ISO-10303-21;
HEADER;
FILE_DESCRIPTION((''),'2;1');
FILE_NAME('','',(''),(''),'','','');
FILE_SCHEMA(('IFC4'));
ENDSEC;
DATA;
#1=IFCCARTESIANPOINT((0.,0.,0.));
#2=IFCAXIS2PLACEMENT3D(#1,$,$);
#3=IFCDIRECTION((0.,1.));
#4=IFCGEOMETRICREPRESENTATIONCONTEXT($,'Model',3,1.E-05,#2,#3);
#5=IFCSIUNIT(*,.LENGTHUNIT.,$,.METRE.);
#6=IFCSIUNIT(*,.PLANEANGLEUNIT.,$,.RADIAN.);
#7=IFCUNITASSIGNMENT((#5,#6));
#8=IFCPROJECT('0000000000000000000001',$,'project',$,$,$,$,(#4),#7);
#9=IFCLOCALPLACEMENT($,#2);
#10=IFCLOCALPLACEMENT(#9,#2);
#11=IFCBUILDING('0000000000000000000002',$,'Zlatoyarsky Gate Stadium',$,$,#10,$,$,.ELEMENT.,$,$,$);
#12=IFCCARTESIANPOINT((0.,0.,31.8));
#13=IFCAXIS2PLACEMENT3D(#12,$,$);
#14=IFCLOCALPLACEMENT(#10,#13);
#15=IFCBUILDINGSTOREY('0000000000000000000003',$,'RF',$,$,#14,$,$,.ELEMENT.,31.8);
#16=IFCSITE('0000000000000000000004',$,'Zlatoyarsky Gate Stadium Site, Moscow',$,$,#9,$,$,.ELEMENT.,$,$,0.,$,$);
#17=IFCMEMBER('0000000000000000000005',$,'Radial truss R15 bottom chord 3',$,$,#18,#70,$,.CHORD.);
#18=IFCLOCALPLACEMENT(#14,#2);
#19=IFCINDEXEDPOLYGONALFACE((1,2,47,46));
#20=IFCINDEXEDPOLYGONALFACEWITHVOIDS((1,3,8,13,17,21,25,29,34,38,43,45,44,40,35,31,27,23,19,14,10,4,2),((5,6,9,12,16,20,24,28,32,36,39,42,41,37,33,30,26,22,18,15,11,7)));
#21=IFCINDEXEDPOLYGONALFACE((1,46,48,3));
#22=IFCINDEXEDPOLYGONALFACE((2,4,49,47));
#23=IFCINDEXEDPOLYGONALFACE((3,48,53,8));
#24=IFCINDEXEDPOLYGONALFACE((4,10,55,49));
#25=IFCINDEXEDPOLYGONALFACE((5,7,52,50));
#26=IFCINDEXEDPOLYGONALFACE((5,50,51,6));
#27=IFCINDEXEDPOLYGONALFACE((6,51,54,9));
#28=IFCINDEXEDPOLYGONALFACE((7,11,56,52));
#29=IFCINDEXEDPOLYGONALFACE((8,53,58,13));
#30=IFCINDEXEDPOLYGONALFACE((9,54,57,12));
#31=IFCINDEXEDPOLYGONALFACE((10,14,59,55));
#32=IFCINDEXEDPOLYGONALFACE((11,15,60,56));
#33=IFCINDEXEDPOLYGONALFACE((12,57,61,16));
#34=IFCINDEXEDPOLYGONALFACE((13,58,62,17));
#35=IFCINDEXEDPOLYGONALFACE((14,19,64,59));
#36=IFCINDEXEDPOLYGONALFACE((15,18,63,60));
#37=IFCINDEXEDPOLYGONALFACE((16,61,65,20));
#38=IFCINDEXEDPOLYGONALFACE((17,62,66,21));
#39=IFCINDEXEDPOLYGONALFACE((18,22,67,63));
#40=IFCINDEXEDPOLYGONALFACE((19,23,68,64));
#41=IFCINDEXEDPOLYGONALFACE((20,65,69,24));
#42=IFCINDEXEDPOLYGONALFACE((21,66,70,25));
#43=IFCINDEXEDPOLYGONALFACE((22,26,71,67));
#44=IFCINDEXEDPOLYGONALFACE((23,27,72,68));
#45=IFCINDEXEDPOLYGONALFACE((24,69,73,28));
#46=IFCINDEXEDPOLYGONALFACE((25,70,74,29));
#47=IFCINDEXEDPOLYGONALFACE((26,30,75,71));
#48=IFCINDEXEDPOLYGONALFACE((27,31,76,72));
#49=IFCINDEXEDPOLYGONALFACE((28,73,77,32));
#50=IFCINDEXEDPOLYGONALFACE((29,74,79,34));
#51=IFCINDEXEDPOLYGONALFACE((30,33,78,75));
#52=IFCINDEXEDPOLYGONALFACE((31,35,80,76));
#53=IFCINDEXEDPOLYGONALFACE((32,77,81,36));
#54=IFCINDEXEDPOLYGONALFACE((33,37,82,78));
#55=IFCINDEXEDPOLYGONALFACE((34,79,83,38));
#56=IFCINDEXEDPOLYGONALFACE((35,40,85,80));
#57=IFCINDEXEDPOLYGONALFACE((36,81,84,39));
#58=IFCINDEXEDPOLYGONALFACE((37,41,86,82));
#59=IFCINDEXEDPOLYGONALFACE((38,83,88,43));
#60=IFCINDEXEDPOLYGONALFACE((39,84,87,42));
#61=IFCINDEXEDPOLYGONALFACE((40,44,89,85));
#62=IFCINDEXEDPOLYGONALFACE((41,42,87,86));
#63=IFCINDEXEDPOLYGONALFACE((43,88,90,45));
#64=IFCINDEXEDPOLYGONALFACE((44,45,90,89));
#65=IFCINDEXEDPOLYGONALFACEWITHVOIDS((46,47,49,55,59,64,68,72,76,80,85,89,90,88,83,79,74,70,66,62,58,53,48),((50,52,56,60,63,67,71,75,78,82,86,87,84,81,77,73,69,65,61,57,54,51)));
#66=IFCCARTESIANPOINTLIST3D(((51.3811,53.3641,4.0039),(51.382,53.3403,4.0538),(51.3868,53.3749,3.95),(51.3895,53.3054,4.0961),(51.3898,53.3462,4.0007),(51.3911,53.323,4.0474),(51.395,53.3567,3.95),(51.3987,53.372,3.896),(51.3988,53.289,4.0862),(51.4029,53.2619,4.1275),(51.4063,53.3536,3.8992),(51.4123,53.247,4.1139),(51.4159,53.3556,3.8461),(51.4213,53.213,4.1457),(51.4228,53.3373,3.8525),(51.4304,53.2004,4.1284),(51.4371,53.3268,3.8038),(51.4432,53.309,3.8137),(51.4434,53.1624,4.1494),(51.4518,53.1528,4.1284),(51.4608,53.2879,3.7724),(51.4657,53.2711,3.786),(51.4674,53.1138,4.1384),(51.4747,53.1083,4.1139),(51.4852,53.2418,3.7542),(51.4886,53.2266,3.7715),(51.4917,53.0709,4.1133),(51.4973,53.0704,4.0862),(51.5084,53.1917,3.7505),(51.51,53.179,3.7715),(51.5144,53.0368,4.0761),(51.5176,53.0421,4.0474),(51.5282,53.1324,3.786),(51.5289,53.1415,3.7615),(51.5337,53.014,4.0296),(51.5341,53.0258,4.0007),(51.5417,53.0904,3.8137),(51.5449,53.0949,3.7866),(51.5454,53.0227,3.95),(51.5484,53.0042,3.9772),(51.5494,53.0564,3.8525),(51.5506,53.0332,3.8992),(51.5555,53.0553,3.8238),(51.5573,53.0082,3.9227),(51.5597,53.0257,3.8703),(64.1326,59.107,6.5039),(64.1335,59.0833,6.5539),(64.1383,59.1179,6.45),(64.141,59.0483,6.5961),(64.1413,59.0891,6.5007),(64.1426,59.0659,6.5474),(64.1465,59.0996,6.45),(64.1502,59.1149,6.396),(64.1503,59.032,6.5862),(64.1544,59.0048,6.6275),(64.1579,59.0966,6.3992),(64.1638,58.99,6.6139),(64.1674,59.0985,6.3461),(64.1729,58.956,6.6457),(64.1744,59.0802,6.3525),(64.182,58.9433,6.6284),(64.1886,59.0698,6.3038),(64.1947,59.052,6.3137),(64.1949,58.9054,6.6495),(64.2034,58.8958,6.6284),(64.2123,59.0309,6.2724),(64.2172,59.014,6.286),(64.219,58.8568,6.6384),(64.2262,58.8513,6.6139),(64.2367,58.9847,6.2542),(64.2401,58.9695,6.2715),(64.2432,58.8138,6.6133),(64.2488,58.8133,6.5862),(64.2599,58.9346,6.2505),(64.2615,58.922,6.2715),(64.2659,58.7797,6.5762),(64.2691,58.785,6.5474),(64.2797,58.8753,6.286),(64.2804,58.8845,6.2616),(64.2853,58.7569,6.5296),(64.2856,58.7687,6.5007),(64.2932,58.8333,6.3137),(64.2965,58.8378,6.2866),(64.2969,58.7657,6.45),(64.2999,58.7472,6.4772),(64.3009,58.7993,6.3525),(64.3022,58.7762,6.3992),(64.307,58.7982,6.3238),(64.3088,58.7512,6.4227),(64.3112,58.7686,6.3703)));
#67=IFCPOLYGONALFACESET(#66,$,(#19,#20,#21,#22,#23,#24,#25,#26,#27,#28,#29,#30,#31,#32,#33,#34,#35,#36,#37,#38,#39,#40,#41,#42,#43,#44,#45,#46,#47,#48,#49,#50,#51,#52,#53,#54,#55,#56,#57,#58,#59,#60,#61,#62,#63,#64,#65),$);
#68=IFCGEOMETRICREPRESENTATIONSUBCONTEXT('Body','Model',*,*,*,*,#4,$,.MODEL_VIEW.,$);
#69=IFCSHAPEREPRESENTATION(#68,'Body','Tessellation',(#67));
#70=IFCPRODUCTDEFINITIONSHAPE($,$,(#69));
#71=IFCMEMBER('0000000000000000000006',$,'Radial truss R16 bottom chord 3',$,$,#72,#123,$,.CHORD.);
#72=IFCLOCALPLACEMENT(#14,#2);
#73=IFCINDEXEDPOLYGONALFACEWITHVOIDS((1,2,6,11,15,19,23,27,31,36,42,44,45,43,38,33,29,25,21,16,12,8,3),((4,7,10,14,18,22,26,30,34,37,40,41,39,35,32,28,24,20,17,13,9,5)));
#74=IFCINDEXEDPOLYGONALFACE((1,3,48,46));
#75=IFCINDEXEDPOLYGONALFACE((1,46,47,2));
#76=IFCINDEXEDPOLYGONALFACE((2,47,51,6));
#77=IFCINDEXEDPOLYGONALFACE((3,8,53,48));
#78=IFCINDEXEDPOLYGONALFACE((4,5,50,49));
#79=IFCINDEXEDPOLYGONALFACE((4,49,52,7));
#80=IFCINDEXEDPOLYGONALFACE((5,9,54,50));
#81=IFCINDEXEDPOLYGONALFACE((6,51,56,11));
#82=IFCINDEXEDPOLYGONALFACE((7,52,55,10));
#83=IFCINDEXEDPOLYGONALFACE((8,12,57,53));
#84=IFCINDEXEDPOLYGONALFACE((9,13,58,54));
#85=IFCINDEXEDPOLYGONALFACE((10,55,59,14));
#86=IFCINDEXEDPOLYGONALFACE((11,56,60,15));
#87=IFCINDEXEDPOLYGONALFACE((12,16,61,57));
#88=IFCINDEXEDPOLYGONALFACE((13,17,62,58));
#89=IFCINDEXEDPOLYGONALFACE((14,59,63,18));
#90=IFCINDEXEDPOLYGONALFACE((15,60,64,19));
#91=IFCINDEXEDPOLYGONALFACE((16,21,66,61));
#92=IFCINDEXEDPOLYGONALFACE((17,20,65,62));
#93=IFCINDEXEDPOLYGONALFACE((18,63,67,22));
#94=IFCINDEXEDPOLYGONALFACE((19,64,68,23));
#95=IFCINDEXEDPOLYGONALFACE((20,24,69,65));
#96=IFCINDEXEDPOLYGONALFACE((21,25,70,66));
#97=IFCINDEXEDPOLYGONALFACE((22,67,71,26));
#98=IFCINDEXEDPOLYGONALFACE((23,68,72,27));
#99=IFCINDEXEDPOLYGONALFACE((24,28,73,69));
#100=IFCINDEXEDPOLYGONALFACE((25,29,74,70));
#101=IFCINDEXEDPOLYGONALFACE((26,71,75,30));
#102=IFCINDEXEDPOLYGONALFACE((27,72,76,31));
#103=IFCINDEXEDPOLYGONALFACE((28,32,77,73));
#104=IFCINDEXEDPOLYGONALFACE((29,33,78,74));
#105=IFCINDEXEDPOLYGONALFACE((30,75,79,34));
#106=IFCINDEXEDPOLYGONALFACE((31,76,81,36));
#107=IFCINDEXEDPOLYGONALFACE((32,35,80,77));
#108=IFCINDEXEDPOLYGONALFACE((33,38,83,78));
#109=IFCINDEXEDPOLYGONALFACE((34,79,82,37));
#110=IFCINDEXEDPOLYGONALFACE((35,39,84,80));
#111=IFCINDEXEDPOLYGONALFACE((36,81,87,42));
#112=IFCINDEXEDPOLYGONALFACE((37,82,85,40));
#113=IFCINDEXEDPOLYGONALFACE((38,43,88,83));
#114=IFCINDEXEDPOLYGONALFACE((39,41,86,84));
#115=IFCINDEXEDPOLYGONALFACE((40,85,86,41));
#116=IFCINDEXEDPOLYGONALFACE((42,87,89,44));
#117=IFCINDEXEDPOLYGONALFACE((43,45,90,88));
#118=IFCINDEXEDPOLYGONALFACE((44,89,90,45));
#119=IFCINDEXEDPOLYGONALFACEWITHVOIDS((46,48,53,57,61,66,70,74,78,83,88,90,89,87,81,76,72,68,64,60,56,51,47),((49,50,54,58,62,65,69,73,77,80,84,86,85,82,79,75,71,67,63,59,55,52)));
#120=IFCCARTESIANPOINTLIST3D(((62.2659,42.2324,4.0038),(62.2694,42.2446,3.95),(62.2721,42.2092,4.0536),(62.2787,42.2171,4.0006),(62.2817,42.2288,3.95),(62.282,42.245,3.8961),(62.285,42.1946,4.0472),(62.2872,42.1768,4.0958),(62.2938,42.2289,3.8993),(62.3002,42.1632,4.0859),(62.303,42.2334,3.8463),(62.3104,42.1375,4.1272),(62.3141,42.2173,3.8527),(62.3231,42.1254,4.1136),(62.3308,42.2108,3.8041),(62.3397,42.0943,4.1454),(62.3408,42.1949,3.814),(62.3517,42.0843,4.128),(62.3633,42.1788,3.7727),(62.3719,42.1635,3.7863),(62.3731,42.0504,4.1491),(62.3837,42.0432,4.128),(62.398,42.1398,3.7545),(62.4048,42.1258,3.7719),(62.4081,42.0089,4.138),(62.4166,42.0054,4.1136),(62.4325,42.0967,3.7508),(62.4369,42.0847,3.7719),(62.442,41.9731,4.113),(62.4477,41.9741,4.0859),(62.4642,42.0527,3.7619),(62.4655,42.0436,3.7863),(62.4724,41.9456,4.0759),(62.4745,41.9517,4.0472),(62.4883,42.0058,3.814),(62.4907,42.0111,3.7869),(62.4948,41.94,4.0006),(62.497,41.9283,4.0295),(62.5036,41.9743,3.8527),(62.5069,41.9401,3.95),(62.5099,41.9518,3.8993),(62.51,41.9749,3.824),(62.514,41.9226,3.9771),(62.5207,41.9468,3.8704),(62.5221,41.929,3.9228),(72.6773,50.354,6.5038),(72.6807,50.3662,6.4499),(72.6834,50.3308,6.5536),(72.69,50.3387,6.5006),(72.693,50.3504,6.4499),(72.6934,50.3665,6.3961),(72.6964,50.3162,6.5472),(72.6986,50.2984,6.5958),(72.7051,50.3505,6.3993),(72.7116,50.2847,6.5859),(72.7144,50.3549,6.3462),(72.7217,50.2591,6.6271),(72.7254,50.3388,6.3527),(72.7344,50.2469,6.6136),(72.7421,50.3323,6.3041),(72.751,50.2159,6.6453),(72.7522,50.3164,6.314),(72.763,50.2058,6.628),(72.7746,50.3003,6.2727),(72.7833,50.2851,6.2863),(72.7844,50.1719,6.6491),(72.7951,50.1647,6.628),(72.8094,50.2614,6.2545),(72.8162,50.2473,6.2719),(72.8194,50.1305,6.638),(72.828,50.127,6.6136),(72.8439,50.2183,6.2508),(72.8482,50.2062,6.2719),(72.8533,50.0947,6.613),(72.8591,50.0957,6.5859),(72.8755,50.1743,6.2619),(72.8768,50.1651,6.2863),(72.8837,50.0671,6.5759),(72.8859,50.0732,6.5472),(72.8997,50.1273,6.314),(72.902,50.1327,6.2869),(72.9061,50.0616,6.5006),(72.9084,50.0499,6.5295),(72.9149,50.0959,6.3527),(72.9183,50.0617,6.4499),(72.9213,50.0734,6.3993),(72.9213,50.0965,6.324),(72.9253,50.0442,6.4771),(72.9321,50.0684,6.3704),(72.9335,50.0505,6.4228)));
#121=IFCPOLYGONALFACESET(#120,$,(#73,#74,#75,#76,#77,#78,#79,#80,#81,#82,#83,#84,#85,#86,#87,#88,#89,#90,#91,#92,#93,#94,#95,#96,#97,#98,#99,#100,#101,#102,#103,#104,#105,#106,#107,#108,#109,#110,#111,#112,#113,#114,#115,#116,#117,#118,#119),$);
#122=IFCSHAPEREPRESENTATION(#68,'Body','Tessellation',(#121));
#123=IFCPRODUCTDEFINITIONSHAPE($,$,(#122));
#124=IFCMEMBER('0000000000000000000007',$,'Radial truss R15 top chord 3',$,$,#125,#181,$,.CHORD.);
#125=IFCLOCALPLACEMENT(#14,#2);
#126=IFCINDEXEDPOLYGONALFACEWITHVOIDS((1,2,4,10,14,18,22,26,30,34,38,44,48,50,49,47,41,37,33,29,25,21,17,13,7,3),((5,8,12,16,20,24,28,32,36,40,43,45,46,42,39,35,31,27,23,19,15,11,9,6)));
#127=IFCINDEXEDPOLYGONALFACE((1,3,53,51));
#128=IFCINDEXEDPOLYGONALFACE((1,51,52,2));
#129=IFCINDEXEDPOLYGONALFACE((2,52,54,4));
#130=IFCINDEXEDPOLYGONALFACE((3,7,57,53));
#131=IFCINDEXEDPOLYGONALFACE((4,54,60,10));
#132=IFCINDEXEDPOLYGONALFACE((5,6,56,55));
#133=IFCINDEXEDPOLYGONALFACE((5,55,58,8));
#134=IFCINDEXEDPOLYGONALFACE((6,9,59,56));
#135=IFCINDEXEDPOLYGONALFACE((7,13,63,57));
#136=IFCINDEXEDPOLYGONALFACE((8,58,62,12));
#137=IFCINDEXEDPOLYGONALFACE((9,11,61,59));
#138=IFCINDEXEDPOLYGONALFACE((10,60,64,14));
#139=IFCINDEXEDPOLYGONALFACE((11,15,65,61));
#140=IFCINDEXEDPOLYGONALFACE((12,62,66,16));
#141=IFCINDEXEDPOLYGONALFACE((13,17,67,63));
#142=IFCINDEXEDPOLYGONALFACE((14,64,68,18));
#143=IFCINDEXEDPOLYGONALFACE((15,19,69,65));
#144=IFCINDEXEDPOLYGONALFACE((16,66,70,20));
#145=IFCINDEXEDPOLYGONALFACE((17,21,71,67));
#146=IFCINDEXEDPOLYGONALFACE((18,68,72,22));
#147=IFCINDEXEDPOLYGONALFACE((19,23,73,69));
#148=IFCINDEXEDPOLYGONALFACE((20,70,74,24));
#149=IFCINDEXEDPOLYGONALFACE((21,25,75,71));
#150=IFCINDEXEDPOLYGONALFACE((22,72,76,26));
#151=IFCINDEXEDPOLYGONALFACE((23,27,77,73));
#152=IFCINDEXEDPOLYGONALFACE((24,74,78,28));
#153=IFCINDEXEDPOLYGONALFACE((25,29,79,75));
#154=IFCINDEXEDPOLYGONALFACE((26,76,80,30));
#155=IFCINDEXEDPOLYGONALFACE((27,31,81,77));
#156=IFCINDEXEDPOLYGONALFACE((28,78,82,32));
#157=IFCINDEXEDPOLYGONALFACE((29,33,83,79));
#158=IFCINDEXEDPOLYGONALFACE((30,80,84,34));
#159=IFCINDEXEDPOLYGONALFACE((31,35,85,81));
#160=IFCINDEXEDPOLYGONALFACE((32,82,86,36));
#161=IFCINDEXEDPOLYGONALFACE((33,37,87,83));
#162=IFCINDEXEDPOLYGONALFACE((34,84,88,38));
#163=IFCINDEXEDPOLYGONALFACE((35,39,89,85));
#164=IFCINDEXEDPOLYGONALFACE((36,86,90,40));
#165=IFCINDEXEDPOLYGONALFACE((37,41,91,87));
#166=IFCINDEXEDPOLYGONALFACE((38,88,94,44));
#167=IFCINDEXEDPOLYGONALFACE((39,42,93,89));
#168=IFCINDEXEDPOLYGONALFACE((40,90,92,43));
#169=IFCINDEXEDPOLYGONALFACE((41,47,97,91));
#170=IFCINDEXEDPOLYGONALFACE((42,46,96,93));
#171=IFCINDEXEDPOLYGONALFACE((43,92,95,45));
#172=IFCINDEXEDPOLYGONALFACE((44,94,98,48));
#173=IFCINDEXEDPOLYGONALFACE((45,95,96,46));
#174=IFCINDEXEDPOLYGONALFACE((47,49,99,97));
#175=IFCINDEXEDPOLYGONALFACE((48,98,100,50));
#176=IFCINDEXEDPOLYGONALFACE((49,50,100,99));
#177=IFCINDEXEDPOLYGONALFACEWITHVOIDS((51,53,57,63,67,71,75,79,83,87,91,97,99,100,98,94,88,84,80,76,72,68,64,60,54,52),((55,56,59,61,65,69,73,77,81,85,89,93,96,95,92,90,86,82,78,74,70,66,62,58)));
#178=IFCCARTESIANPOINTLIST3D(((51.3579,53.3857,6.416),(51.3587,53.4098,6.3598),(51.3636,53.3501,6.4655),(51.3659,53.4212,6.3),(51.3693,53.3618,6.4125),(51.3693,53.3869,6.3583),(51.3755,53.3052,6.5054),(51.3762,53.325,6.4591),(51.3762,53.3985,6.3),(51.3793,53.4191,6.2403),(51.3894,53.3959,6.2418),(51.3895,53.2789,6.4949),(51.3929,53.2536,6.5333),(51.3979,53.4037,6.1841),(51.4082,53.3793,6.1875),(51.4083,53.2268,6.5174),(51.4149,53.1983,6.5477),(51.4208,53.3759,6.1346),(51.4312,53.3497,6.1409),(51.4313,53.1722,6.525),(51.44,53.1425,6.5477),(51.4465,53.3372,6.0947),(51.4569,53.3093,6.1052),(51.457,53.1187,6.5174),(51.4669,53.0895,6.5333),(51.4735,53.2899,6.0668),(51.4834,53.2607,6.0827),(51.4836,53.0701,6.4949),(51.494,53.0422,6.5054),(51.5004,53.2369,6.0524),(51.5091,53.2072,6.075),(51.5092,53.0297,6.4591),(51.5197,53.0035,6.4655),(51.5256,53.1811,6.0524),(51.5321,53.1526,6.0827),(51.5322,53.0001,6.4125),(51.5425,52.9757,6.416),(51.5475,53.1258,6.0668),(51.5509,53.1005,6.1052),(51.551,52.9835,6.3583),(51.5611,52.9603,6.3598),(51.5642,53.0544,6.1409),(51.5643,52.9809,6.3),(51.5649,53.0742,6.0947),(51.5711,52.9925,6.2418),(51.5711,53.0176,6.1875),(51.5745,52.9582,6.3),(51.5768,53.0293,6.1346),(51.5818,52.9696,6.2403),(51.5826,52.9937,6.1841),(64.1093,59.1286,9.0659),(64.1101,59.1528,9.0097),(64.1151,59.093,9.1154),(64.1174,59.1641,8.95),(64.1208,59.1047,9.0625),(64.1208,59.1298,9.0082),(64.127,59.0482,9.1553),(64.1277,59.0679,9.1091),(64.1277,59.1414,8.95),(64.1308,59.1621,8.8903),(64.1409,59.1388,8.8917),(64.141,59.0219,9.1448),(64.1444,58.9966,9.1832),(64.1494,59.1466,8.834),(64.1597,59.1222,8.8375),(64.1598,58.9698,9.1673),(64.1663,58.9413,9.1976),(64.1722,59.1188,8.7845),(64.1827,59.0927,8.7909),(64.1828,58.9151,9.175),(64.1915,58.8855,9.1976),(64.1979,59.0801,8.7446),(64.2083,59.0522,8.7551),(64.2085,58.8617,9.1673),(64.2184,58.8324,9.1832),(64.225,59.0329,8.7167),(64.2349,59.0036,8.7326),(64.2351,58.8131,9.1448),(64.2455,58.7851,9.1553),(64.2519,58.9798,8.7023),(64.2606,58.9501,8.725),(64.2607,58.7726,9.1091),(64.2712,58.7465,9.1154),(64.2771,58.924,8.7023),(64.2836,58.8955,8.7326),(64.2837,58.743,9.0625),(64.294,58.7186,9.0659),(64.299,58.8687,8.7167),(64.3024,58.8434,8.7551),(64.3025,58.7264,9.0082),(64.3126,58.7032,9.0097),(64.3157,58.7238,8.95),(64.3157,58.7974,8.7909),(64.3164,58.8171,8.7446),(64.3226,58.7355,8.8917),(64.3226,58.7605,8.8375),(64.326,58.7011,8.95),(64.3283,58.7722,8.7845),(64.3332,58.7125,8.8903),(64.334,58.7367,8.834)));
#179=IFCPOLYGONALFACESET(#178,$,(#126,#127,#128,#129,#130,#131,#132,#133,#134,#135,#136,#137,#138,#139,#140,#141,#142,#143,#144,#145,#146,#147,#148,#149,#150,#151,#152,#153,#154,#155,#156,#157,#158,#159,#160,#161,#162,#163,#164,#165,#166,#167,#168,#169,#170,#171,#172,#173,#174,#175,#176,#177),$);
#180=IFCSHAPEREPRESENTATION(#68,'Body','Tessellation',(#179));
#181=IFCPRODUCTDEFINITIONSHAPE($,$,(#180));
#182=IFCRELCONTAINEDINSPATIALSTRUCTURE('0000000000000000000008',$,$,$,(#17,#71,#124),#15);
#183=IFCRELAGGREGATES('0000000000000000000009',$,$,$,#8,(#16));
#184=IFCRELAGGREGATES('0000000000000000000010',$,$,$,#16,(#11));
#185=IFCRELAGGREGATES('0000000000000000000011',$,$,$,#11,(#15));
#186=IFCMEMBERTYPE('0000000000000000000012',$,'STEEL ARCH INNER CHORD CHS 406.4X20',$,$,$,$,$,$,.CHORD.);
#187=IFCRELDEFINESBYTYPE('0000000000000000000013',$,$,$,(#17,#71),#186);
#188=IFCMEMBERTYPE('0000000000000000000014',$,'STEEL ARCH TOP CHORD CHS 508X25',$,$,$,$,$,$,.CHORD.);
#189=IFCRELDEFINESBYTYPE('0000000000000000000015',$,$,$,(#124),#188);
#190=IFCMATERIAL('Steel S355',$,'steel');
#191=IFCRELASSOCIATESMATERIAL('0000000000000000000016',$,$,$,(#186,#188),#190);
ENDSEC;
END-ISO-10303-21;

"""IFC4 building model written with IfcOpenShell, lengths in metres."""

from ifc_helpers import new_model, si_unit, direction, frame, origin, origin_2d, place, context, subcontext, project, spatial, hollow_circle, extrude, material, material_profile, profile_set, type_object, element, save


model = new_model("IFC4")

# Units and contexts
model_context = context("Model", 3, precision=1e-05, world=origin(), true_north=direction((0.0, 1.0)))
body_context = subcontext(model_context, "Body", "Model", "MODEL_VIEW")
ifc_project = project(units=[si_unit("LENGTHUNIT", "METRE"), si_unit("PLANEANGLEUNIT", "RADIAN")], contexts=[model_context])

# Site, building, storey
site_placement = place(None, origin())
site = spatial("IfcSite", under=ifc_project, at=site_placement, Name="Zlatoyarsky Gate Stadium Site, Moscow", CompositionType="ELEMENT", RefElevation=0.0)
building_placement = place(site_placement, origin())
building = spatial("IfcBuilding", under=site, at=building_placement, Name="Zlatoyarsky Gate Stadium", CompositionType="ELEMENT")
storey_placement = place(building_placement, frame((0.0, 0.0, 31.8)))
storey = spatial("IfcBuildingStorey", under=building, at=storey_placement, Name="RF", CompositionType="ELEMENT", Elevation=31.8)

# Members
ifc_material_1 = material(Name="Steel S355", Category="steel")
ifc_material_profile_1 = material_profile(ifc_material_1, hollow_circle(Radius=0.2031, WallThickness=0.02, at=origin_2d()), Name="CHS 406.4X20")
ifc_profile_set_1 = profile_set([ifc_material_profile_1], Name="Steel S355")
member_type_1 = type_object("IfcMemberType", Name="STEEL ARCH INNER CHORD CHS 406.4X20", PredefinedType="CHORD", material=ifc_profile_set_1)
member_1_placement = place(storey_placement, frame((51.4702, 53.1897, 3.95), z_axis=(0.897566, 0.40424, 0.175973), x_axis=(-0.410648, 0.911794, 0.0)))
element("IfcMember", 1, at=member_1_placement, inside=storey, type_object=member_type_1, Name="Radial truss R15 bottom chord 3", PredefinedType="CHORD", context=body_context, shape_type="SweptSolid", body=[
    extrude(hollow_circle(Radius=0.2031, WallThickness=0.02, at=origin_2d()), origin(), (0.0, 0.0, 1.0), 14.2068),
])
member_2_placement = place(storey_placement, frame((62.3943, 42.0845, 3.95), z_axis=(0.774713, 0.604329, 0.186026), x_axis=(-0.615065, 0.788476, 0.0)))
element("IfcMember", 2, at=member_2_placement, inside=storey, type_object=member_type_1, Name="Radial truss R16 bottom chord 3", PredefinedType="CHORD", context=body_context, shape_type="SweptSolid", body=[
    extrude(hollow_circle(Radius=0.2031, WallThickness=0.02, at=origin_2d()), origin(), (0.0, 0.0, 1.0), 13.439),
])
ifc_material_profile_2 = material_profile(ifc_material_1, hollow_circle(Radius=0.2539, WallThickness=0.0249, at=origin_2d()), Name="CHS 508X25")
ifc_profile_set_2 = profile_set([ifc_material_profile_2], Name="Steel S355")
member_type_2 = type_object("IfcMemberType", Name="STEEL ARCH TOP CHORD CHS 508X25", PredefinedType="CHORD", material=ifc_profile_set_2)
member_3_placement = place(storey_placement, frame((51.4702, 53.1897, 6.3), z_axis=(0.895854, 0.403469, 0.186169), x_axis=(-0.410648, 0.911794, 0.0)))
element("IfcMember", 3, at=member_3_placement, inside=storey, type_object=member_type_2, Name="Radial truss R15 top chord 3", PredefinedType="CHORD", context=body_context, shape_type="SweptSolid", body=[
    extrude(hollow_circle(Radius=0.2539, WallThickness=0.0249, at=origin_2d()), origin(), (0.0, 0.0, 1.0), 14.2339),
])

save(model, "model.ifc")
